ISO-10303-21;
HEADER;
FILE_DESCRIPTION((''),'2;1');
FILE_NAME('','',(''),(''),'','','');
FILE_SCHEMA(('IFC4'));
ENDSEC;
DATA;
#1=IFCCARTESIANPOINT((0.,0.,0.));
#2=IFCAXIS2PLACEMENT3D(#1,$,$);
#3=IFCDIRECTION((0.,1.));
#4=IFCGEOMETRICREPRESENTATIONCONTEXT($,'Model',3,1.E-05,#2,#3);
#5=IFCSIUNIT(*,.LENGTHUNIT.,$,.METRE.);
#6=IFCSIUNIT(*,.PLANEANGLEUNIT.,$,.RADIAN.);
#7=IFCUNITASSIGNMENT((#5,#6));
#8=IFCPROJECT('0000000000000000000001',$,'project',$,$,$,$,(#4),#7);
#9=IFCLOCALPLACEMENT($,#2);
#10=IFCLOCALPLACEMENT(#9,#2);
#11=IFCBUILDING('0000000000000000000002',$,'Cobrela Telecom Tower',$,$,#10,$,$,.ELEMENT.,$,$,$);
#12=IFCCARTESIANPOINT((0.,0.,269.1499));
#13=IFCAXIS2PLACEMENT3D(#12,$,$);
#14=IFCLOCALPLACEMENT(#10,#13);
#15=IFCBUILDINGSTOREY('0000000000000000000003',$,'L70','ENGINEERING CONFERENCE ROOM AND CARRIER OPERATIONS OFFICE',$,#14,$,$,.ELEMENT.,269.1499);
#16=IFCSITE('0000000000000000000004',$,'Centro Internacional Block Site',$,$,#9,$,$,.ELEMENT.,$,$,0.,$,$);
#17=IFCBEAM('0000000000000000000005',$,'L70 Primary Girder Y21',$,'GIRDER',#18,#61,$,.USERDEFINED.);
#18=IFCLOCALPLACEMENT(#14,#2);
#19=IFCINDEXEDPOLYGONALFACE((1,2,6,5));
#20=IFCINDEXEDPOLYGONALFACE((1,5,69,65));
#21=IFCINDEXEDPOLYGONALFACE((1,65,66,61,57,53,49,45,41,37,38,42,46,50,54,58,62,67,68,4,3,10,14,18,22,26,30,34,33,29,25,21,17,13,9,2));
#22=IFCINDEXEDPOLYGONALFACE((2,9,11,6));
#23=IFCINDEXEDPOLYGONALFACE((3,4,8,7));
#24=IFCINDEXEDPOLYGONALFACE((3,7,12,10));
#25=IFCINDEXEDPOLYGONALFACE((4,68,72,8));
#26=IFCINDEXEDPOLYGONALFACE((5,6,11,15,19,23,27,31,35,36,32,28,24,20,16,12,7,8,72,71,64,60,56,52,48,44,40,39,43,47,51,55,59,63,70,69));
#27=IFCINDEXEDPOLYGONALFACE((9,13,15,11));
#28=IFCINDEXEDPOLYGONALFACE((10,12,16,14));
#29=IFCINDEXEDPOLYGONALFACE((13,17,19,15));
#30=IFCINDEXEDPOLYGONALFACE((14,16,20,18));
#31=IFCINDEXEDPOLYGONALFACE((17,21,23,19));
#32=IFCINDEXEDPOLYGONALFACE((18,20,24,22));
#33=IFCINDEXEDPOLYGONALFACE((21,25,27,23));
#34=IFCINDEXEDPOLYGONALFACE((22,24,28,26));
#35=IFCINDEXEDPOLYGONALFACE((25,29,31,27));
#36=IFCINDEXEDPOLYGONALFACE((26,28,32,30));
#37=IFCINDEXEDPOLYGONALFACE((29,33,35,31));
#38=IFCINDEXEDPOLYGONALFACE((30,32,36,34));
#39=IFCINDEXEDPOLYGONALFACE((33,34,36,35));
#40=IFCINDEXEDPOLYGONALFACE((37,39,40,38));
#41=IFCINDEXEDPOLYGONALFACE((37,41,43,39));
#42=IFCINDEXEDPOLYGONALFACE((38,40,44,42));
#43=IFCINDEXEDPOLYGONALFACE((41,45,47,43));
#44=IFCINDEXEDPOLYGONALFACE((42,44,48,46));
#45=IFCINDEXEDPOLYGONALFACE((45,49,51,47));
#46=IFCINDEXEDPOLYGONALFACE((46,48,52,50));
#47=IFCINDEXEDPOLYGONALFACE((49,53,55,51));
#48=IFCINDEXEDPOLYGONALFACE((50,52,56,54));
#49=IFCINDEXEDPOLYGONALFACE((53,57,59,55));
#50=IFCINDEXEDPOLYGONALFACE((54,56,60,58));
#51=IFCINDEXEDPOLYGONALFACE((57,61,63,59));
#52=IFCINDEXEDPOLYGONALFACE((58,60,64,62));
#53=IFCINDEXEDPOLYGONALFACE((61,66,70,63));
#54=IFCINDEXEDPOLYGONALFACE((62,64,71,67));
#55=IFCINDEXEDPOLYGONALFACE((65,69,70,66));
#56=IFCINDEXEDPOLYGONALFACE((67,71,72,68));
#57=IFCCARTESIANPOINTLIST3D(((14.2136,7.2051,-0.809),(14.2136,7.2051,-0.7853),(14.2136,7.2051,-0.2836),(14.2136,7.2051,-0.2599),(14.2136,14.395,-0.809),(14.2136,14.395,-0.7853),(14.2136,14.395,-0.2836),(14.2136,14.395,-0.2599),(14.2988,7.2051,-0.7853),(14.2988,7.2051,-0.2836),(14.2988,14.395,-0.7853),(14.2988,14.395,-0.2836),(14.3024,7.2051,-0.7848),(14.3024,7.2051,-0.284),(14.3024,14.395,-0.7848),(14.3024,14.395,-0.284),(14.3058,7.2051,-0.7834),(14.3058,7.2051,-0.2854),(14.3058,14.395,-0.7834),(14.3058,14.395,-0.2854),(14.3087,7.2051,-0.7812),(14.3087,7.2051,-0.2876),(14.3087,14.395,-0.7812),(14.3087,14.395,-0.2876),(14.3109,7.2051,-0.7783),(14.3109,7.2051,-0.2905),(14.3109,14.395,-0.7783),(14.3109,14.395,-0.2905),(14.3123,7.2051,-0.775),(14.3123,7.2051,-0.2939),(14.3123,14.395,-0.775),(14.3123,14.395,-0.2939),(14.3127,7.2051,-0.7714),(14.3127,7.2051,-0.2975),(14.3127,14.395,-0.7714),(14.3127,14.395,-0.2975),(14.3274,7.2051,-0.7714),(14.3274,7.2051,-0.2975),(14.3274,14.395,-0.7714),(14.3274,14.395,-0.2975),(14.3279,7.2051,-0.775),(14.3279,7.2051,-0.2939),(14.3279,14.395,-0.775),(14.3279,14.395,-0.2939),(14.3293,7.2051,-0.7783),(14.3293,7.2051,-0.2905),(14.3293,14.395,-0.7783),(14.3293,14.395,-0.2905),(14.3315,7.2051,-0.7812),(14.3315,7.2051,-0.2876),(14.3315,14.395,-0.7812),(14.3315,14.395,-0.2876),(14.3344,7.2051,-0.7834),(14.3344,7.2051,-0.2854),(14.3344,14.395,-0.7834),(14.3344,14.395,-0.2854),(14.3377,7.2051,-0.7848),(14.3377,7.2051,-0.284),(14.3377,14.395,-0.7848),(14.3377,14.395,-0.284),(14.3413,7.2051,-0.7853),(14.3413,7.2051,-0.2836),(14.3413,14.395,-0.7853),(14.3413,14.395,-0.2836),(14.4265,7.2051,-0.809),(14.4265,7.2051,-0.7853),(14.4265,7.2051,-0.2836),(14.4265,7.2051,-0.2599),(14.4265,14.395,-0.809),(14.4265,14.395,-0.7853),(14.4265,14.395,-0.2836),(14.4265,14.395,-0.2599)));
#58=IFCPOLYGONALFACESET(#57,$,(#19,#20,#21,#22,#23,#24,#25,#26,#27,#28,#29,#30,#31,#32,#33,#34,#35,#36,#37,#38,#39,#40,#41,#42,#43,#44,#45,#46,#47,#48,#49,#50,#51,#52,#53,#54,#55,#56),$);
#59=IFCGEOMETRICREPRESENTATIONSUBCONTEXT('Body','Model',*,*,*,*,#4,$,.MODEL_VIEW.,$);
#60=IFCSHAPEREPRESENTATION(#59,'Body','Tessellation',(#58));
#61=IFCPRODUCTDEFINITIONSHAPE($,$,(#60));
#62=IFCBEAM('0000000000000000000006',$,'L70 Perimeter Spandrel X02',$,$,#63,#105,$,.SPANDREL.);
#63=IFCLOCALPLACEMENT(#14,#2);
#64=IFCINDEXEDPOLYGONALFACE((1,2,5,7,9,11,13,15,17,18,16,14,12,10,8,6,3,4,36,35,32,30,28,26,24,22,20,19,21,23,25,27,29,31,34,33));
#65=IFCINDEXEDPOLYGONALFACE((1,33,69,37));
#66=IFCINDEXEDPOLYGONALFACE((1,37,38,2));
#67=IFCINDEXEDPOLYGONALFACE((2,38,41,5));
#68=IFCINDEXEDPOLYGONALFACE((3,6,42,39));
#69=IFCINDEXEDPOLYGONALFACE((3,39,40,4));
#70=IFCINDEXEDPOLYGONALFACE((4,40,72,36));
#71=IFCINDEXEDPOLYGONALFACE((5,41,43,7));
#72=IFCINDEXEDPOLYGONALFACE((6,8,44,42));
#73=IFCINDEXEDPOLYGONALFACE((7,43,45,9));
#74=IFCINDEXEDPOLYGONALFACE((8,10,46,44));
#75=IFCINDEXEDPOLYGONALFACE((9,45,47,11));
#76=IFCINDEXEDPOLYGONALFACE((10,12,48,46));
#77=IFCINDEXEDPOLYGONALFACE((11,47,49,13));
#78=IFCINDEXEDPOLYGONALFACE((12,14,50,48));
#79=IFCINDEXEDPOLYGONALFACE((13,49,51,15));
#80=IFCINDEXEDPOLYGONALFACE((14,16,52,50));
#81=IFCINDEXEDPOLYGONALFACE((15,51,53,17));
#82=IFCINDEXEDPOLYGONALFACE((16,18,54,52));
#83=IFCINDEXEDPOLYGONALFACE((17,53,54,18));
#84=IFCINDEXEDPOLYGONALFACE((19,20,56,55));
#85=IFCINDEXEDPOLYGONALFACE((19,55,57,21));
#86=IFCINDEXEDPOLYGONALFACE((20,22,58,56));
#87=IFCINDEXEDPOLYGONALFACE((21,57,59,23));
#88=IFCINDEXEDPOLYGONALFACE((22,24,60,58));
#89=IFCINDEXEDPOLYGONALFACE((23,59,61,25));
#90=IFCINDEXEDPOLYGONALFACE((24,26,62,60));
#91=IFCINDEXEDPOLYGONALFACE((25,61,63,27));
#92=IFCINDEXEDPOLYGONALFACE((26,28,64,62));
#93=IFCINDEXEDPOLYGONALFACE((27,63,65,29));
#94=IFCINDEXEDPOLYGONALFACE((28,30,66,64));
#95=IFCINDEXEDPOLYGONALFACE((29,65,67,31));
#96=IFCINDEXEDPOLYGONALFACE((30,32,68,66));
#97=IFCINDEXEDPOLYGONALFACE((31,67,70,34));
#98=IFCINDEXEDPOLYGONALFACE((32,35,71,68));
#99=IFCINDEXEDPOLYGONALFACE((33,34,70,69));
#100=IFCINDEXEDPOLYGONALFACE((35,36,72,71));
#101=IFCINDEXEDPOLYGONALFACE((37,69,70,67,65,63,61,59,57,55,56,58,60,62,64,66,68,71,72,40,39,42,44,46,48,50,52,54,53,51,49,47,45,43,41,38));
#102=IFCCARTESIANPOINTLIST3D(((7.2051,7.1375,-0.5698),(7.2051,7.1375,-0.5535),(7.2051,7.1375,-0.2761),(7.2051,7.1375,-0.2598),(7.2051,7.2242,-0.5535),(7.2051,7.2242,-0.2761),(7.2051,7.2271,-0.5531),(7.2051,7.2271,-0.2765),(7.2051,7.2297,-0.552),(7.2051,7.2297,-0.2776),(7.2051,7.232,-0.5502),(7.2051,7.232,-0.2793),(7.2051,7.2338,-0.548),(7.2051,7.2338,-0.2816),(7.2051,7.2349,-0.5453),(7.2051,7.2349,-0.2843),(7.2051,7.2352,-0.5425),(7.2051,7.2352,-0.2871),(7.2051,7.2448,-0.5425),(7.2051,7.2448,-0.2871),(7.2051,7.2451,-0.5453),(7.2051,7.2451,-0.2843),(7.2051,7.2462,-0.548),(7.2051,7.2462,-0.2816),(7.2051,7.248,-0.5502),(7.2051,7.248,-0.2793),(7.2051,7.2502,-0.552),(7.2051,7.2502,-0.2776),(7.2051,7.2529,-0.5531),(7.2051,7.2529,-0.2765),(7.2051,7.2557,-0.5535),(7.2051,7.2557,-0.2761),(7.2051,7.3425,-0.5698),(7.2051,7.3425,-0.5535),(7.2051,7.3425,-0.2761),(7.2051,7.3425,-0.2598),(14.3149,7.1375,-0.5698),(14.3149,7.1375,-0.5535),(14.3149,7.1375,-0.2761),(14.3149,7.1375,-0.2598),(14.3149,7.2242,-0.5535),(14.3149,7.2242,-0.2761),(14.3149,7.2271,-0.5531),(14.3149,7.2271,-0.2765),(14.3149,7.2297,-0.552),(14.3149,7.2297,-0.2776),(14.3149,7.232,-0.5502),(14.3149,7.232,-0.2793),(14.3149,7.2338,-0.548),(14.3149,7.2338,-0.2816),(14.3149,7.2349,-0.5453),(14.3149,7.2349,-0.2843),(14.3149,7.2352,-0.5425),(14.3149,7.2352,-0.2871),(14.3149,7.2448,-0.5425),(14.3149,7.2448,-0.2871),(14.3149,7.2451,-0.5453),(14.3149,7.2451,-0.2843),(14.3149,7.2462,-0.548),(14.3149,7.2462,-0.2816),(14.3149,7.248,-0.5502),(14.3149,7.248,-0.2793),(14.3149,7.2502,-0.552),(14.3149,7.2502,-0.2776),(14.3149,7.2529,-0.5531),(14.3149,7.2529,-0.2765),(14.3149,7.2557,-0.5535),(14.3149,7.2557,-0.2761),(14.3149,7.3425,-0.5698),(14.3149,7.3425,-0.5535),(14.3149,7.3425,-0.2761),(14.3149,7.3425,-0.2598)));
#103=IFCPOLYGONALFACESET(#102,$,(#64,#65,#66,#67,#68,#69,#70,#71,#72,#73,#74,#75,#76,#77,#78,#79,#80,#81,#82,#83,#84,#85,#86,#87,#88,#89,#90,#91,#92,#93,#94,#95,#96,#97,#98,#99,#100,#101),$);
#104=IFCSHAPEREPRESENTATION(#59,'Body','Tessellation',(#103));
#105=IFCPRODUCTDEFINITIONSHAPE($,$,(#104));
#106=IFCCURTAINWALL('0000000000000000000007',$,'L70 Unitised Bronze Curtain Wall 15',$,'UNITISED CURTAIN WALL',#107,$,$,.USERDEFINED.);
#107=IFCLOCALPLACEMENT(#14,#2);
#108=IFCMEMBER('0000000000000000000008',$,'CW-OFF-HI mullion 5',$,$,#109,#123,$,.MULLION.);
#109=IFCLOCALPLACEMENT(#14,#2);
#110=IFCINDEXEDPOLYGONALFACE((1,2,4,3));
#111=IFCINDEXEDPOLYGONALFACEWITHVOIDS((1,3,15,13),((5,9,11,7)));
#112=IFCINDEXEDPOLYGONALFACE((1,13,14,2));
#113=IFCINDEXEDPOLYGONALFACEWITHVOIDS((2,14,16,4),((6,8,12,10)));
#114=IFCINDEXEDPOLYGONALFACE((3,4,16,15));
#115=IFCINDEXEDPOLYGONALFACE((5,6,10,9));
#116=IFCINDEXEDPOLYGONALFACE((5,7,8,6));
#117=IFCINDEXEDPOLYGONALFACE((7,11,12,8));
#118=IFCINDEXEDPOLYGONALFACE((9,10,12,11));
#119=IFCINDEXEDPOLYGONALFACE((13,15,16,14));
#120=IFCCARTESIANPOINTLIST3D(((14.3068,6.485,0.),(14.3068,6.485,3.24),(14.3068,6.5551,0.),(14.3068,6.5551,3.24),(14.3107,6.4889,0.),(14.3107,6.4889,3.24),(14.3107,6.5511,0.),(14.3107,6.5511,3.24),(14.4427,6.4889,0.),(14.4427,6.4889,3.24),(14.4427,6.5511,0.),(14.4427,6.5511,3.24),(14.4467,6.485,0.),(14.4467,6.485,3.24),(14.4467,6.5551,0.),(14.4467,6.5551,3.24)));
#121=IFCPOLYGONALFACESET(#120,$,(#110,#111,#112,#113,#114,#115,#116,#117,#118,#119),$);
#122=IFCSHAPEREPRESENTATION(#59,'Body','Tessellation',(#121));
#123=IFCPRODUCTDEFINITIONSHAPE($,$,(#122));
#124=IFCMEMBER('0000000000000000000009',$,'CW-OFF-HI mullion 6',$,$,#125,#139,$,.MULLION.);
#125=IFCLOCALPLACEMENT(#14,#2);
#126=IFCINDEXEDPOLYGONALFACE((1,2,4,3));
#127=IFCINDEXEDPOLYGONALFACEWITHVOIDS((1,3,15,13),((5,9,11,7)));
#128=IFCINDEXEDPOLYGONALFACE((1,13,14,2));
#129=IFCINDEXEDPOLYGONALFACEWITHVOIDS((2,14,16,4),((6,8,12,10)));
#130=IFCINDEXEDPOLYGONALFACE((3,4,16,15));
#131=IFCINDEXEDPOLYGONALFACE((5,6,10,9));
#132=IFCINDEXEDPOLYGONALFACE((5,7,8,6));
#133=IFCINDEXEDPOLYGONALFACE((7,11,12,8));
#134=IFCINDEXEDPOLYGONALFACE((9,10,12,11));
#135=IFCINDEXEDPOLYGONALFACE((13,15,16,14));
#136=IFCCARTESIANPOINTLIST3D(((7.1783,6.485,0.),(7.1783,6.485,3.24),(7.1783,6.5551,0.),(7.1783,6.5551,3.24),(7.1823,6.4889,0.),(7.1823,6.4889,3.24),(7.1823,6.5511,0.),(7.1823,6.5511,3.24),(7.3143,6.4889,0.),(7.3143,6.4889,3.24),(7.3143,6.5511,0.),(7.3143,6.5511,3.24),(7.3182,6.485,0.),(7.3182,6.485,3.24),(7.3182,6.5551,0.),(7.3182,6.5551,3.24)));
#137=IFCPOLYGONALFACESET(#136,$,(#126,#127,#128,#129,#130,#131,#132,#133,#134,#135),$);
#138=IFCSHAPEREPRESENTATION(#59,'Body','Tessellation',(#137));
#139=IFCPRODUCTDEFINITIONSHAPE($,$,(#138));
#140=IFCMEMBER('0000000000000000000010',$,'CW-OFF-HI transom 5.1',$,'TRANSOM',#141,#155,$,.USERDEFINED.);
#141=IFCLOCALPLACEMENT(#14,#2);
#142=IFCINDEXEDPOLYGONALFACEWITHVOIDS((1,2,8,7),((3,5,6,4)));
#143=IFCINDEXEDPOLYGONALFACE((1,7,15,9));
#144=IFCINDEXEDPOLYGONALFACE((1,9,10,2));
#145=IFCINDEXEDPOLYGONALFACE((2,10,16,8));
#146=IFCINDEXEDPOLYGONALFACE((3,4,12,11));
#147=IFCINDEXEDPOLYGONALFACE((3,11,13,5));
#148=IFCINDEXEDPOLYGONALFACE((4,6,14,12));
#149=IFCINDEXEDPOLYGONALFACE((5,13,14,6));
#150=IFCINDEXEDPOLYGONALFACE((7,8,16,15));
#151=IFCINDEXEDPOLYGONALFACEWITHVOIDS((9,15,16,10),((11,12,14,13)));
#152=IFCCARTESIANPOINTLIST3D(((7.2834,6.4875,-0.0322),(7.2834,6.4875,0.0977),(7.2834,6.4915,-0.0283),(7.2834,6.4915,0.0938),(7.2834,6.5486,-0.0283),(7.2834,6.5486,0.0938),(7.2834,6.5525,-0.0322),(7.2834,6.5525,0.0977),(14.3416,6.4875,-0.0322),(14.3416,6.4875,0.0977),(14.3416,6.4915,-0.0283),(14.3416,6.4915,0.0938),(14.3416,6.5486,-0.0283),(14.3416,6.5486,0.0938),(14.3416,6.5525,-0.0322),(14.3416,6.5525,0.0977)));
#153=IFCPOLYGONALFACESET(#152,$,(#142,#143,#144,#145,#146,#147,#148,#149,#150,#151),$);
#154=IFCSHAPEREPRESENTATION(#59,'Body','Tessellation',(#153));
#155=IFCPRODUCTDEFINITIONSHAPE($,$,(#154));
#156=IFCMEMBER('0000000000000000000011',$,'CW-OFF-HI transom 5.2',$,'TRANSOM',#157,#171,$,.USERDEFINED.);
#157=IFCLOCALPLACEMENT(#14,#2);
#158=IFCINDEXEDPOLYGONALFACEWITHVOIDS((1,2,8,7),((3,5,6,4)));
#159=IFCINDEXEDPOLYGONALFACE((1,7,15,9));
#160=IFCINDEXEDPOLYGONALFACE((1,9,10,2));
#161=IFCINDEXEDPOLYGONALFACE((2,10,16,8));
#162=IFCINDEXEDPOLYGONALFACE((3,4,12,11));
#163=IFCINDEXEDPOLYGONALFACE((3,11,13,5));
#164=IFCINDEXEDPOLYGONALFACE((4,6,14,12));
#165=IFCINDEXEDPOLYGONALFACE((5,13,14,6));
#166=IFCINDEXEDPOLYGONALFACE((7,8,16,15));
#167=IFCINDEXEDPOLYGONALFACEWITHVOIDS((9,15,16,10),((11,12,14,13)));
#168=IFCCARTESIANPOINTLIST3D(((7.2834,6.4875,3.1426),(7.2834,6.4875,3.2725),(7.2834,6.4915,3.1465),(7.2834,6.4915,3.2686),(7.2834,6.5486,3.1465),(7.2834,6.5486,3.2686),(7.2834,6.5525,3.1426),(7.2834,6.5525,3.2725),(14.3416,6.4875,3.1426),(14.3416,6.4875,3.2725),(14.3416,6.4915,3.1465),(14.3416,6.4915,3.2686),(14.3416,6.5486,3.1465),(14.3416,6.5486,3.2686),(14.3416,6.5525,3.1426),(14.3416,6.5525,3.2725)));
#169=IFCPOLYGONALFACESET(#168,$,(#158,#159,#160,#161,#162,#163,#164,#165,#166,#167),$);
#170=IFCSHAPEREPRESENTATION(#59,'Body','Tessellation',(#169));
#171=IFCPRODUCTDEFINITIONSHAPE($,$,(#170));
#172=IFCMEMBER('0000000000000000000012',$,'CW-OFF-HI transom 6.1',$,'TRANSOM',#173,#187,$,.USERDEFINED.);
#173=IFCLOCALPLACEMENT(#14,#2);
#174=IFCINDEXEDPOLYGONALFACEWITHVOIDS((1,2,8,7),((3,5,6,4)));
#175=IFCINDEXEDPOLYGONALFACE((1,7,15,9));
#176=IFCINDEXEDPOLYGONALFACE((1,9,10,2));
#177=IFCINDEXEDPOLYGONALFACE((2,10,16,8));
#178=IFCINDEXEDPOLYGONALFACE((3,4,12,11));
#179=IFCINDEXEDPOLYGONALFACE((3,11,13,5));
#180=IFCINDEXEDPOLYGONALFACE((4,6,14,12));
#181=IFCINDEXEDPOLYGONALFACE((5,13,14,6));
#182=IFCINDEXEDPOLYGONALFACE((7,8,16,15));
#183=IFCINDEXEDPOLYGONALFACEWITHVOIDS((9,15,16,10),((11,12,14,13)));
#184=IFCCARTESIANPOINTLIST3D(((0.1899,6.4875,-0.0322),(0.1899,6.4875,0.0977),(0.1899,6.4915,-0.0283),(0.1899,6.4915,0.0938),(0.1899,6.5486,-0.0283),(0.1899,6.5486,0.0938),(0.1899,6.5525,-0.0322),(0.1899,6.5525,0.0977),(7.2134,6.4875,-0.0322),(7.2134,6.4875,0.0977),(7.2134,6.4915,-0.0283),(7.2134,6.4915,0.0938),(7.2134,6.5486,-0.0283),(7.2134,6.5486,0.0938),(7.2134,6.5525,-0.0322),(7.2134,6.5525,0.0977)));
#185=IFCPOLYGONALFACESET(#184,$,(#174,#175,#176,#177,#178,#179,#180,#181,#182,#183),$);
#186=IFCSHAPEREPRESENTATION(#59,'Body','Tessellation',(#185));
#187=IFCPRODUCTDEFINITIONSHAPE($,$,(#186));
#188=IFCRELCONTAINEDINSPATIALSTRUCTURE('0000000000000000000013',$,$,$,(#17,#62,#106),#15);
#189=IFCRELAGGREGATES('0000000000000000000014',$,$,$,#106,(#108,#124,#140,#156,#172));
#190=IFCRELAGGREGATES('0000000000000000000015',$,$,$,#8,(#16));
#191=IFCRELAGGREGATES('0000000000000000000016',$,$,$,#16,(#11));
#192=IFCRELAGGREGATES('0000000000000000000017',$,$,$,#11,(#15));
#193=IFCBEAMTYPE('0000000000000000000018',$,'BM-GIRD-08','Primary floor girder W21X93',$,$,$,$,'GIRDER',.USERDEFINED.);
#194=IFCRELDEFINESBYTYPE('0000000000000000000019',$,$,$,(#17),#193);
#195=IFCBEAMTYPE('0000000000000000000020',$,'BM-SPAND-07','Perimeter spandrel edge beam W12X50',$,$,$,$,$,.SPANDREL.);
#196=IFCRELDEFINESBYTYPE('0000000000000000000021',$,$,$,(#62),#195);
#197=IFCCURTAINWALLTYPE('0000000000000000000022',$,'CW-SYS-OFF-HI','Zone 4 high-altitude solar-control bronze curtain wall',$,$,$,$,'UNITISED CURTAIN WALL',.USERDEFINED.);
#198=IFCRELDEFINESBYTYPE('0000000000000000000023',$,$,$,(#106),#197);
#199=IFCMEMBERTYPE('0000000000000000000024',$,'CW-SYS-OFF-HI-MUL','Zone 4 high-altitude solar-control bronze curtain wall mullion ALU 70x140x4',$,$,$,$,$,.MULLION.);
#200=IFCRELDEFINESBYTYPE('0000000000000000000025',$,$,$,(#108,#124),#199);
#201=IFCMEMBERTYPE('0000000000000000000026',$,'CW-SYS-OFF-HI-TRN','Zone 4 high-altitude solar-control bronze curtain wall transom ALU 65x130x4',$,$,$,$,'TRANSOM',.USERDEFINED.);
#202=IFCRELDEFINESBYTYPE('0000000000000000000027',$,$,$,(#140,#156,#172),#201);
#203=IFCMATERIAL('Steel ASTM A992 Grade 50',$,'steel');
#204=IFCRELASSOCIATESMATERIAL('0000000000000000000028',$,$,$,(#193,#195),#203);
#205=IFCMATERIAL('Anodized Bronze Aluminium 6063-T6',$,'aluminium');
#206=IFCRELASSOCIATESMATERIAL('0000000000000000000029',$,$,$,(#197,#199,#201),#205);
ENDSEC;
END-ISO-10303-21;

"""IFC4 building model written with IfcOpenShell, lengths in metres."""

from ifc_helpers import new_model, si_unit, direction, frame, origin, origin_2d, place, context, subcontext, project, spatial, hollow_rectangle, i_section, extrude, material, material_profile, profile_set, type_object, element, aggregate, save


model = new_model("IFC4")

# Units and contexts
model_context = context("Model", 3, precision=1e-05, world=origin(), true_north=direction((0.0, 1.0)))
body_context = subcontext(model_context, "Body", "Model", "MODEL_VIEW")
ifc_project = project(units=[si_unit("LENGTHUNIT", "METRE"), si_unit("PLANEANGLEUNIT", "RADIAN")], contexts=[model_context])

# Site, building, storey
site_placement = place(None, origin())
site = spatial("IfcSite", under=ifc_project, at=site_placement, Name="Centro Internacional Block Site", CompositionType="ELEMENT", RefElevation=0.0)
building_placement = place(site_placement, origin())
building = spatial("IfcBuilding", under=site, at=building_placement, Name="Cobrela Telecom Tower", CompositionType="ELEMENT")
storey_placement = place(building_placement, frame((0.0, 0.0, 269.1499)))
storey = spatial("IfcBuildingStorey", under=building, at=storey_placement, Name="L70", Description="ENGINEERING CONFERENCE ROOM AND CARRIER OPERATIONS OFFICE", CompositionType="ELEMENT", Elevation=269.1499)

# Beams
ifc_material_1 = material(Name="Steel ASTM A992 Grade 50", Category="steel")
ifc_material_profile_1 = material_profile(ifc_material_1, i_section(OverallWidth=0.2129, OverallDepth=0.5491, WebThickness=0.0146, FlangeThickness=0.0237, FilletRadius=0.0139, at=origin_2d()), Name="W21X93")
ifc_profile_set_1 = profile_set([ifc_material_profile_1], Name="Steel ASTM A992 Grade 50")
beam_type_1 = type_object("IfcBeamType", Name="BM-GIRD-08", Description="Primary floor girder W21X93", ElementType="GIRDER", PredefinedType="USERDEFINED", material=ifc_profile_set_1)
beam_1_placement = place(storey_placement, frame((14.3201, 7.2051, -0.5344), z_axis=(0.0, 1.0, 0.0), x_axis=(-1.0, 0.0, 0.0)))
element("IfcBeam", 1, at=beam_1_placement, inside=storey, type_object=beam_type_1, Name="L70 Primary Girder Y21", ObjectType="GIRDER", PredefinedType="USERDEFINED", context=body_context, shape_type="SweptSolid", body=[
    extrude(i_section(OverallWidth=0.2129, OverallDepth=0.5491, WebThickness=0.0146, FlangeThickness=0.0237, FilletRadius=0.0139, at=origin_2d()), origin(), (0.0, 0.0, 1.0), 7.1899),
])
ifc_material_profile_2 = material_profile(ifc_material_1, i_section(OverallWidth=0.2051, OverallDepth=0.3101, WebThickness=0.0095, FlangeThickness=0.0164, FilletRadius=0.011, at=origin_2d()), Name="W12X50")
ifc_profile_set_2 = profile_set([ifc_material_profile_2], Name="Steel ASTM A992 Grade 50")
beam_type_2 = type_object("IfcBeamType", Name="BM-SPAND-07", Description="Perimeter spandrel edge beam W12X50", PredefinedType="SPANDREL", material=ifc_profile_set_2)
beam_2_placement = place(storey_placement, frame((7.2051, 7.24, -0.4148), z_axis=(1.0, 0.0, 0.0), x_axis=(0.0, 1.0, 0.0)))
element("IfcBeam", 2, at=beam_2_placement, inside=storey, type_object=beam_type_2, Name="L70 Perimeter Spandrel X02", PredefinedType="SPANDREL", context=body_context, shape_type="SweptSolid", body=[
    extrude(i_section(OverallWidth=0.2051, OverallDepth=0.3101, WebThickness=0.0095, FlangeThickness=0.0164, FilletRadius=0.011, at=origin_2d()), origin(), (0.0, 0.0, 1.0), 7.1099),
])

# Curtain wall, members
ifc_material_2 = material(Name="Anodized Bronze Aluminium 6063-T6", Category="aluminium")
curtain_wall_type = type_object("IfcCurtainWallType", Name="CW-SYS-OFF-HI", Description="Zone 4 high-altitude solar-control bronze curtain wall", ElementType="UNITISED CURTAIN WALL", PredefinedType="USERDEFINED", material=ifc_material_2)
curtain_wall_placement = place(storey_placement, origin())
curtain_wall = element("IfcCurtainWall", 3, at=curtain_wall_placement, inside=storey, type_object=curtain_wall_type, Name="L70 Unitised Bronze Curtain Wall 15", ObjectType="UNITISED CURTAIN WALL", PredefinedType="USERDEFINED")
ifc_material_profile_3 = material_profile(ifc_material_2, hollow_rectangle(XDim=0.0701, YDim=0.1399, WallThickness=0.0039, at=origin_2d()), Name="ALU 70x140x4")
ifc_profile_set_3 = profile_set([ifc_material_profile_3], Name="Anodized Bronze Aluminium 6063-T6")
member_type_1 = type_object("IfcMemberType", Name="CW-SYS-OFF-HI-MUL", Description="Zone 4 high-altitude solar-control bronze curtain wall mullion ALU 70x140x4", PredefinedType="MULLION", material=ifc_profile_set_3)
member_1_placement = place(storey_placement, frame((14.3767, 6.52, 0.0), z_axis=(0.0, 0.0, 1.0), x_axis=(0.0, -1.0, 0.0)))
member_1 = element("IfcMember", 4, at=member_1_placement, type_object=member_type_1, Name="CW-OFF-HI mullion 5", PredefinedType="MULLION", context=body_context, shape_type="SweptSolid", body=[
    extrude(hollow_rectangle(XDim=0.0701, YDim=0.1399, WallThickness=0.0039, at=origin_2d()), origin(), (0.0, 0.0, 1.0), 3.24),
])
member_2_placement = place(storey_placement, frame((7.2483, 6.52, 0.0), z_axis=(0.0, 0.0, 1.0), x_axis=(0.0, -1.0, 0.0)))
member_2 = element("IfcMember", 5, at=member_2_placement, type_object=member_type_1, Name="CW-OFF-HI mullion 6", PredefinedType="MULLION", context=body_context, shape_type="SweptSolid", body=[
    extrude(hollow_rectangle(XDim=0.0701, YDim=0.1399, WallThickness=0.0039, at=origin_2d()), origin(), (0.0, 0.0, 1.0), 3.24),
])
ifc_material_profile_4 = material_profile(ifc_material_2, hollow_rectangle(XDim=0.0649, YDim=0.1299, WallThickness=0.0039, at=origin_2d()), Name="ALU 65x130x4")
ifc_profile_set_4 = profile_set([ifc_material_profile_4], Name="Anodized Bronze Aluminium 6063-T6")
member_type_2 = type_object("IfcMemberType", Name="CW-SYS-OFF-HI-TRN", Description="Zone 4 high-altitude solar-control bronze curtain wall transom ALU 65x130x4", ElementType="TRANSOM", PredefinedType="USERDEFINED", material=ifc_profile_set_4)
member_3_placement = place(storey_placement, frame((14.3416, 6.52, 0.0327), z_axis=(-1.0, 0.0, 0.0), x_axis=(0.0, -1.0, 0.0)))
member_3 = element("IfcMember", 6, at=member_3_placement, type_object=member_type_2, Name="CW-OFF-HI transom 5.1", ObjectType="TRANSOM", PredefinedType="USERDEFINED", context=body_context, shape_type="SweptSolid", body=[
    extrude(hollow_rectangle(XDim=0.0649, YDim=0.1299, WallThickness=0.0039, at=origin_2d()), origin(), (0.0, 0.0, 1.0), 7.0581),
])
member_4_placement = place(storey_placement, frame((14.3416, 6.52, 3.2075), z_axis=(-1.0, 0.0, 0.0), x_axis=(0.0, -1.0, 0.0)))
member_4 = element("IfcMember", 7, at=member_4_placement, type_object=member_type_2, Name="CW-OFF-HI transom 5.2", ObjectType="TRANSOM", PredefinedType="USERDEFINED", context=body_context, shape_type="SweptSolid", body=[
    extrude(hollow_rectangle(XDim=0.0649, YDim=0.1299, WallThickness=0.0039, at=origin_2d()), origin(), (0.0, 0.0, 1.0), 7.0581),
])
member_5_placement = place(storey_placement, frame((7.2134, 6.52, 0.0327), z_axis=(-1.0, 0.0, 0.0), x_axis=(0.0, -1.0, 0.0)))
member_5 = element("IfcMember", 8, at=member_5_placement, type_object=member_type_2, Name="CW-OFF-HI transom 6.1", ObjectType="TRANSOM", PredefinedType="USERDEFINED", context=body_context, shape_type="SweptSolid", body=[
    extrude(hollow_rectangle(XDim=0.0649, YDim=0.1299, WallThickness=0.0039, at=origin_2d()), origin(), (0.0, 0.0, 1.0), 7.0234),
])
aggregate(curtain_wall, [member_1, member_2, member_3, member_4, member_5])

save(model, "model.ifc")
